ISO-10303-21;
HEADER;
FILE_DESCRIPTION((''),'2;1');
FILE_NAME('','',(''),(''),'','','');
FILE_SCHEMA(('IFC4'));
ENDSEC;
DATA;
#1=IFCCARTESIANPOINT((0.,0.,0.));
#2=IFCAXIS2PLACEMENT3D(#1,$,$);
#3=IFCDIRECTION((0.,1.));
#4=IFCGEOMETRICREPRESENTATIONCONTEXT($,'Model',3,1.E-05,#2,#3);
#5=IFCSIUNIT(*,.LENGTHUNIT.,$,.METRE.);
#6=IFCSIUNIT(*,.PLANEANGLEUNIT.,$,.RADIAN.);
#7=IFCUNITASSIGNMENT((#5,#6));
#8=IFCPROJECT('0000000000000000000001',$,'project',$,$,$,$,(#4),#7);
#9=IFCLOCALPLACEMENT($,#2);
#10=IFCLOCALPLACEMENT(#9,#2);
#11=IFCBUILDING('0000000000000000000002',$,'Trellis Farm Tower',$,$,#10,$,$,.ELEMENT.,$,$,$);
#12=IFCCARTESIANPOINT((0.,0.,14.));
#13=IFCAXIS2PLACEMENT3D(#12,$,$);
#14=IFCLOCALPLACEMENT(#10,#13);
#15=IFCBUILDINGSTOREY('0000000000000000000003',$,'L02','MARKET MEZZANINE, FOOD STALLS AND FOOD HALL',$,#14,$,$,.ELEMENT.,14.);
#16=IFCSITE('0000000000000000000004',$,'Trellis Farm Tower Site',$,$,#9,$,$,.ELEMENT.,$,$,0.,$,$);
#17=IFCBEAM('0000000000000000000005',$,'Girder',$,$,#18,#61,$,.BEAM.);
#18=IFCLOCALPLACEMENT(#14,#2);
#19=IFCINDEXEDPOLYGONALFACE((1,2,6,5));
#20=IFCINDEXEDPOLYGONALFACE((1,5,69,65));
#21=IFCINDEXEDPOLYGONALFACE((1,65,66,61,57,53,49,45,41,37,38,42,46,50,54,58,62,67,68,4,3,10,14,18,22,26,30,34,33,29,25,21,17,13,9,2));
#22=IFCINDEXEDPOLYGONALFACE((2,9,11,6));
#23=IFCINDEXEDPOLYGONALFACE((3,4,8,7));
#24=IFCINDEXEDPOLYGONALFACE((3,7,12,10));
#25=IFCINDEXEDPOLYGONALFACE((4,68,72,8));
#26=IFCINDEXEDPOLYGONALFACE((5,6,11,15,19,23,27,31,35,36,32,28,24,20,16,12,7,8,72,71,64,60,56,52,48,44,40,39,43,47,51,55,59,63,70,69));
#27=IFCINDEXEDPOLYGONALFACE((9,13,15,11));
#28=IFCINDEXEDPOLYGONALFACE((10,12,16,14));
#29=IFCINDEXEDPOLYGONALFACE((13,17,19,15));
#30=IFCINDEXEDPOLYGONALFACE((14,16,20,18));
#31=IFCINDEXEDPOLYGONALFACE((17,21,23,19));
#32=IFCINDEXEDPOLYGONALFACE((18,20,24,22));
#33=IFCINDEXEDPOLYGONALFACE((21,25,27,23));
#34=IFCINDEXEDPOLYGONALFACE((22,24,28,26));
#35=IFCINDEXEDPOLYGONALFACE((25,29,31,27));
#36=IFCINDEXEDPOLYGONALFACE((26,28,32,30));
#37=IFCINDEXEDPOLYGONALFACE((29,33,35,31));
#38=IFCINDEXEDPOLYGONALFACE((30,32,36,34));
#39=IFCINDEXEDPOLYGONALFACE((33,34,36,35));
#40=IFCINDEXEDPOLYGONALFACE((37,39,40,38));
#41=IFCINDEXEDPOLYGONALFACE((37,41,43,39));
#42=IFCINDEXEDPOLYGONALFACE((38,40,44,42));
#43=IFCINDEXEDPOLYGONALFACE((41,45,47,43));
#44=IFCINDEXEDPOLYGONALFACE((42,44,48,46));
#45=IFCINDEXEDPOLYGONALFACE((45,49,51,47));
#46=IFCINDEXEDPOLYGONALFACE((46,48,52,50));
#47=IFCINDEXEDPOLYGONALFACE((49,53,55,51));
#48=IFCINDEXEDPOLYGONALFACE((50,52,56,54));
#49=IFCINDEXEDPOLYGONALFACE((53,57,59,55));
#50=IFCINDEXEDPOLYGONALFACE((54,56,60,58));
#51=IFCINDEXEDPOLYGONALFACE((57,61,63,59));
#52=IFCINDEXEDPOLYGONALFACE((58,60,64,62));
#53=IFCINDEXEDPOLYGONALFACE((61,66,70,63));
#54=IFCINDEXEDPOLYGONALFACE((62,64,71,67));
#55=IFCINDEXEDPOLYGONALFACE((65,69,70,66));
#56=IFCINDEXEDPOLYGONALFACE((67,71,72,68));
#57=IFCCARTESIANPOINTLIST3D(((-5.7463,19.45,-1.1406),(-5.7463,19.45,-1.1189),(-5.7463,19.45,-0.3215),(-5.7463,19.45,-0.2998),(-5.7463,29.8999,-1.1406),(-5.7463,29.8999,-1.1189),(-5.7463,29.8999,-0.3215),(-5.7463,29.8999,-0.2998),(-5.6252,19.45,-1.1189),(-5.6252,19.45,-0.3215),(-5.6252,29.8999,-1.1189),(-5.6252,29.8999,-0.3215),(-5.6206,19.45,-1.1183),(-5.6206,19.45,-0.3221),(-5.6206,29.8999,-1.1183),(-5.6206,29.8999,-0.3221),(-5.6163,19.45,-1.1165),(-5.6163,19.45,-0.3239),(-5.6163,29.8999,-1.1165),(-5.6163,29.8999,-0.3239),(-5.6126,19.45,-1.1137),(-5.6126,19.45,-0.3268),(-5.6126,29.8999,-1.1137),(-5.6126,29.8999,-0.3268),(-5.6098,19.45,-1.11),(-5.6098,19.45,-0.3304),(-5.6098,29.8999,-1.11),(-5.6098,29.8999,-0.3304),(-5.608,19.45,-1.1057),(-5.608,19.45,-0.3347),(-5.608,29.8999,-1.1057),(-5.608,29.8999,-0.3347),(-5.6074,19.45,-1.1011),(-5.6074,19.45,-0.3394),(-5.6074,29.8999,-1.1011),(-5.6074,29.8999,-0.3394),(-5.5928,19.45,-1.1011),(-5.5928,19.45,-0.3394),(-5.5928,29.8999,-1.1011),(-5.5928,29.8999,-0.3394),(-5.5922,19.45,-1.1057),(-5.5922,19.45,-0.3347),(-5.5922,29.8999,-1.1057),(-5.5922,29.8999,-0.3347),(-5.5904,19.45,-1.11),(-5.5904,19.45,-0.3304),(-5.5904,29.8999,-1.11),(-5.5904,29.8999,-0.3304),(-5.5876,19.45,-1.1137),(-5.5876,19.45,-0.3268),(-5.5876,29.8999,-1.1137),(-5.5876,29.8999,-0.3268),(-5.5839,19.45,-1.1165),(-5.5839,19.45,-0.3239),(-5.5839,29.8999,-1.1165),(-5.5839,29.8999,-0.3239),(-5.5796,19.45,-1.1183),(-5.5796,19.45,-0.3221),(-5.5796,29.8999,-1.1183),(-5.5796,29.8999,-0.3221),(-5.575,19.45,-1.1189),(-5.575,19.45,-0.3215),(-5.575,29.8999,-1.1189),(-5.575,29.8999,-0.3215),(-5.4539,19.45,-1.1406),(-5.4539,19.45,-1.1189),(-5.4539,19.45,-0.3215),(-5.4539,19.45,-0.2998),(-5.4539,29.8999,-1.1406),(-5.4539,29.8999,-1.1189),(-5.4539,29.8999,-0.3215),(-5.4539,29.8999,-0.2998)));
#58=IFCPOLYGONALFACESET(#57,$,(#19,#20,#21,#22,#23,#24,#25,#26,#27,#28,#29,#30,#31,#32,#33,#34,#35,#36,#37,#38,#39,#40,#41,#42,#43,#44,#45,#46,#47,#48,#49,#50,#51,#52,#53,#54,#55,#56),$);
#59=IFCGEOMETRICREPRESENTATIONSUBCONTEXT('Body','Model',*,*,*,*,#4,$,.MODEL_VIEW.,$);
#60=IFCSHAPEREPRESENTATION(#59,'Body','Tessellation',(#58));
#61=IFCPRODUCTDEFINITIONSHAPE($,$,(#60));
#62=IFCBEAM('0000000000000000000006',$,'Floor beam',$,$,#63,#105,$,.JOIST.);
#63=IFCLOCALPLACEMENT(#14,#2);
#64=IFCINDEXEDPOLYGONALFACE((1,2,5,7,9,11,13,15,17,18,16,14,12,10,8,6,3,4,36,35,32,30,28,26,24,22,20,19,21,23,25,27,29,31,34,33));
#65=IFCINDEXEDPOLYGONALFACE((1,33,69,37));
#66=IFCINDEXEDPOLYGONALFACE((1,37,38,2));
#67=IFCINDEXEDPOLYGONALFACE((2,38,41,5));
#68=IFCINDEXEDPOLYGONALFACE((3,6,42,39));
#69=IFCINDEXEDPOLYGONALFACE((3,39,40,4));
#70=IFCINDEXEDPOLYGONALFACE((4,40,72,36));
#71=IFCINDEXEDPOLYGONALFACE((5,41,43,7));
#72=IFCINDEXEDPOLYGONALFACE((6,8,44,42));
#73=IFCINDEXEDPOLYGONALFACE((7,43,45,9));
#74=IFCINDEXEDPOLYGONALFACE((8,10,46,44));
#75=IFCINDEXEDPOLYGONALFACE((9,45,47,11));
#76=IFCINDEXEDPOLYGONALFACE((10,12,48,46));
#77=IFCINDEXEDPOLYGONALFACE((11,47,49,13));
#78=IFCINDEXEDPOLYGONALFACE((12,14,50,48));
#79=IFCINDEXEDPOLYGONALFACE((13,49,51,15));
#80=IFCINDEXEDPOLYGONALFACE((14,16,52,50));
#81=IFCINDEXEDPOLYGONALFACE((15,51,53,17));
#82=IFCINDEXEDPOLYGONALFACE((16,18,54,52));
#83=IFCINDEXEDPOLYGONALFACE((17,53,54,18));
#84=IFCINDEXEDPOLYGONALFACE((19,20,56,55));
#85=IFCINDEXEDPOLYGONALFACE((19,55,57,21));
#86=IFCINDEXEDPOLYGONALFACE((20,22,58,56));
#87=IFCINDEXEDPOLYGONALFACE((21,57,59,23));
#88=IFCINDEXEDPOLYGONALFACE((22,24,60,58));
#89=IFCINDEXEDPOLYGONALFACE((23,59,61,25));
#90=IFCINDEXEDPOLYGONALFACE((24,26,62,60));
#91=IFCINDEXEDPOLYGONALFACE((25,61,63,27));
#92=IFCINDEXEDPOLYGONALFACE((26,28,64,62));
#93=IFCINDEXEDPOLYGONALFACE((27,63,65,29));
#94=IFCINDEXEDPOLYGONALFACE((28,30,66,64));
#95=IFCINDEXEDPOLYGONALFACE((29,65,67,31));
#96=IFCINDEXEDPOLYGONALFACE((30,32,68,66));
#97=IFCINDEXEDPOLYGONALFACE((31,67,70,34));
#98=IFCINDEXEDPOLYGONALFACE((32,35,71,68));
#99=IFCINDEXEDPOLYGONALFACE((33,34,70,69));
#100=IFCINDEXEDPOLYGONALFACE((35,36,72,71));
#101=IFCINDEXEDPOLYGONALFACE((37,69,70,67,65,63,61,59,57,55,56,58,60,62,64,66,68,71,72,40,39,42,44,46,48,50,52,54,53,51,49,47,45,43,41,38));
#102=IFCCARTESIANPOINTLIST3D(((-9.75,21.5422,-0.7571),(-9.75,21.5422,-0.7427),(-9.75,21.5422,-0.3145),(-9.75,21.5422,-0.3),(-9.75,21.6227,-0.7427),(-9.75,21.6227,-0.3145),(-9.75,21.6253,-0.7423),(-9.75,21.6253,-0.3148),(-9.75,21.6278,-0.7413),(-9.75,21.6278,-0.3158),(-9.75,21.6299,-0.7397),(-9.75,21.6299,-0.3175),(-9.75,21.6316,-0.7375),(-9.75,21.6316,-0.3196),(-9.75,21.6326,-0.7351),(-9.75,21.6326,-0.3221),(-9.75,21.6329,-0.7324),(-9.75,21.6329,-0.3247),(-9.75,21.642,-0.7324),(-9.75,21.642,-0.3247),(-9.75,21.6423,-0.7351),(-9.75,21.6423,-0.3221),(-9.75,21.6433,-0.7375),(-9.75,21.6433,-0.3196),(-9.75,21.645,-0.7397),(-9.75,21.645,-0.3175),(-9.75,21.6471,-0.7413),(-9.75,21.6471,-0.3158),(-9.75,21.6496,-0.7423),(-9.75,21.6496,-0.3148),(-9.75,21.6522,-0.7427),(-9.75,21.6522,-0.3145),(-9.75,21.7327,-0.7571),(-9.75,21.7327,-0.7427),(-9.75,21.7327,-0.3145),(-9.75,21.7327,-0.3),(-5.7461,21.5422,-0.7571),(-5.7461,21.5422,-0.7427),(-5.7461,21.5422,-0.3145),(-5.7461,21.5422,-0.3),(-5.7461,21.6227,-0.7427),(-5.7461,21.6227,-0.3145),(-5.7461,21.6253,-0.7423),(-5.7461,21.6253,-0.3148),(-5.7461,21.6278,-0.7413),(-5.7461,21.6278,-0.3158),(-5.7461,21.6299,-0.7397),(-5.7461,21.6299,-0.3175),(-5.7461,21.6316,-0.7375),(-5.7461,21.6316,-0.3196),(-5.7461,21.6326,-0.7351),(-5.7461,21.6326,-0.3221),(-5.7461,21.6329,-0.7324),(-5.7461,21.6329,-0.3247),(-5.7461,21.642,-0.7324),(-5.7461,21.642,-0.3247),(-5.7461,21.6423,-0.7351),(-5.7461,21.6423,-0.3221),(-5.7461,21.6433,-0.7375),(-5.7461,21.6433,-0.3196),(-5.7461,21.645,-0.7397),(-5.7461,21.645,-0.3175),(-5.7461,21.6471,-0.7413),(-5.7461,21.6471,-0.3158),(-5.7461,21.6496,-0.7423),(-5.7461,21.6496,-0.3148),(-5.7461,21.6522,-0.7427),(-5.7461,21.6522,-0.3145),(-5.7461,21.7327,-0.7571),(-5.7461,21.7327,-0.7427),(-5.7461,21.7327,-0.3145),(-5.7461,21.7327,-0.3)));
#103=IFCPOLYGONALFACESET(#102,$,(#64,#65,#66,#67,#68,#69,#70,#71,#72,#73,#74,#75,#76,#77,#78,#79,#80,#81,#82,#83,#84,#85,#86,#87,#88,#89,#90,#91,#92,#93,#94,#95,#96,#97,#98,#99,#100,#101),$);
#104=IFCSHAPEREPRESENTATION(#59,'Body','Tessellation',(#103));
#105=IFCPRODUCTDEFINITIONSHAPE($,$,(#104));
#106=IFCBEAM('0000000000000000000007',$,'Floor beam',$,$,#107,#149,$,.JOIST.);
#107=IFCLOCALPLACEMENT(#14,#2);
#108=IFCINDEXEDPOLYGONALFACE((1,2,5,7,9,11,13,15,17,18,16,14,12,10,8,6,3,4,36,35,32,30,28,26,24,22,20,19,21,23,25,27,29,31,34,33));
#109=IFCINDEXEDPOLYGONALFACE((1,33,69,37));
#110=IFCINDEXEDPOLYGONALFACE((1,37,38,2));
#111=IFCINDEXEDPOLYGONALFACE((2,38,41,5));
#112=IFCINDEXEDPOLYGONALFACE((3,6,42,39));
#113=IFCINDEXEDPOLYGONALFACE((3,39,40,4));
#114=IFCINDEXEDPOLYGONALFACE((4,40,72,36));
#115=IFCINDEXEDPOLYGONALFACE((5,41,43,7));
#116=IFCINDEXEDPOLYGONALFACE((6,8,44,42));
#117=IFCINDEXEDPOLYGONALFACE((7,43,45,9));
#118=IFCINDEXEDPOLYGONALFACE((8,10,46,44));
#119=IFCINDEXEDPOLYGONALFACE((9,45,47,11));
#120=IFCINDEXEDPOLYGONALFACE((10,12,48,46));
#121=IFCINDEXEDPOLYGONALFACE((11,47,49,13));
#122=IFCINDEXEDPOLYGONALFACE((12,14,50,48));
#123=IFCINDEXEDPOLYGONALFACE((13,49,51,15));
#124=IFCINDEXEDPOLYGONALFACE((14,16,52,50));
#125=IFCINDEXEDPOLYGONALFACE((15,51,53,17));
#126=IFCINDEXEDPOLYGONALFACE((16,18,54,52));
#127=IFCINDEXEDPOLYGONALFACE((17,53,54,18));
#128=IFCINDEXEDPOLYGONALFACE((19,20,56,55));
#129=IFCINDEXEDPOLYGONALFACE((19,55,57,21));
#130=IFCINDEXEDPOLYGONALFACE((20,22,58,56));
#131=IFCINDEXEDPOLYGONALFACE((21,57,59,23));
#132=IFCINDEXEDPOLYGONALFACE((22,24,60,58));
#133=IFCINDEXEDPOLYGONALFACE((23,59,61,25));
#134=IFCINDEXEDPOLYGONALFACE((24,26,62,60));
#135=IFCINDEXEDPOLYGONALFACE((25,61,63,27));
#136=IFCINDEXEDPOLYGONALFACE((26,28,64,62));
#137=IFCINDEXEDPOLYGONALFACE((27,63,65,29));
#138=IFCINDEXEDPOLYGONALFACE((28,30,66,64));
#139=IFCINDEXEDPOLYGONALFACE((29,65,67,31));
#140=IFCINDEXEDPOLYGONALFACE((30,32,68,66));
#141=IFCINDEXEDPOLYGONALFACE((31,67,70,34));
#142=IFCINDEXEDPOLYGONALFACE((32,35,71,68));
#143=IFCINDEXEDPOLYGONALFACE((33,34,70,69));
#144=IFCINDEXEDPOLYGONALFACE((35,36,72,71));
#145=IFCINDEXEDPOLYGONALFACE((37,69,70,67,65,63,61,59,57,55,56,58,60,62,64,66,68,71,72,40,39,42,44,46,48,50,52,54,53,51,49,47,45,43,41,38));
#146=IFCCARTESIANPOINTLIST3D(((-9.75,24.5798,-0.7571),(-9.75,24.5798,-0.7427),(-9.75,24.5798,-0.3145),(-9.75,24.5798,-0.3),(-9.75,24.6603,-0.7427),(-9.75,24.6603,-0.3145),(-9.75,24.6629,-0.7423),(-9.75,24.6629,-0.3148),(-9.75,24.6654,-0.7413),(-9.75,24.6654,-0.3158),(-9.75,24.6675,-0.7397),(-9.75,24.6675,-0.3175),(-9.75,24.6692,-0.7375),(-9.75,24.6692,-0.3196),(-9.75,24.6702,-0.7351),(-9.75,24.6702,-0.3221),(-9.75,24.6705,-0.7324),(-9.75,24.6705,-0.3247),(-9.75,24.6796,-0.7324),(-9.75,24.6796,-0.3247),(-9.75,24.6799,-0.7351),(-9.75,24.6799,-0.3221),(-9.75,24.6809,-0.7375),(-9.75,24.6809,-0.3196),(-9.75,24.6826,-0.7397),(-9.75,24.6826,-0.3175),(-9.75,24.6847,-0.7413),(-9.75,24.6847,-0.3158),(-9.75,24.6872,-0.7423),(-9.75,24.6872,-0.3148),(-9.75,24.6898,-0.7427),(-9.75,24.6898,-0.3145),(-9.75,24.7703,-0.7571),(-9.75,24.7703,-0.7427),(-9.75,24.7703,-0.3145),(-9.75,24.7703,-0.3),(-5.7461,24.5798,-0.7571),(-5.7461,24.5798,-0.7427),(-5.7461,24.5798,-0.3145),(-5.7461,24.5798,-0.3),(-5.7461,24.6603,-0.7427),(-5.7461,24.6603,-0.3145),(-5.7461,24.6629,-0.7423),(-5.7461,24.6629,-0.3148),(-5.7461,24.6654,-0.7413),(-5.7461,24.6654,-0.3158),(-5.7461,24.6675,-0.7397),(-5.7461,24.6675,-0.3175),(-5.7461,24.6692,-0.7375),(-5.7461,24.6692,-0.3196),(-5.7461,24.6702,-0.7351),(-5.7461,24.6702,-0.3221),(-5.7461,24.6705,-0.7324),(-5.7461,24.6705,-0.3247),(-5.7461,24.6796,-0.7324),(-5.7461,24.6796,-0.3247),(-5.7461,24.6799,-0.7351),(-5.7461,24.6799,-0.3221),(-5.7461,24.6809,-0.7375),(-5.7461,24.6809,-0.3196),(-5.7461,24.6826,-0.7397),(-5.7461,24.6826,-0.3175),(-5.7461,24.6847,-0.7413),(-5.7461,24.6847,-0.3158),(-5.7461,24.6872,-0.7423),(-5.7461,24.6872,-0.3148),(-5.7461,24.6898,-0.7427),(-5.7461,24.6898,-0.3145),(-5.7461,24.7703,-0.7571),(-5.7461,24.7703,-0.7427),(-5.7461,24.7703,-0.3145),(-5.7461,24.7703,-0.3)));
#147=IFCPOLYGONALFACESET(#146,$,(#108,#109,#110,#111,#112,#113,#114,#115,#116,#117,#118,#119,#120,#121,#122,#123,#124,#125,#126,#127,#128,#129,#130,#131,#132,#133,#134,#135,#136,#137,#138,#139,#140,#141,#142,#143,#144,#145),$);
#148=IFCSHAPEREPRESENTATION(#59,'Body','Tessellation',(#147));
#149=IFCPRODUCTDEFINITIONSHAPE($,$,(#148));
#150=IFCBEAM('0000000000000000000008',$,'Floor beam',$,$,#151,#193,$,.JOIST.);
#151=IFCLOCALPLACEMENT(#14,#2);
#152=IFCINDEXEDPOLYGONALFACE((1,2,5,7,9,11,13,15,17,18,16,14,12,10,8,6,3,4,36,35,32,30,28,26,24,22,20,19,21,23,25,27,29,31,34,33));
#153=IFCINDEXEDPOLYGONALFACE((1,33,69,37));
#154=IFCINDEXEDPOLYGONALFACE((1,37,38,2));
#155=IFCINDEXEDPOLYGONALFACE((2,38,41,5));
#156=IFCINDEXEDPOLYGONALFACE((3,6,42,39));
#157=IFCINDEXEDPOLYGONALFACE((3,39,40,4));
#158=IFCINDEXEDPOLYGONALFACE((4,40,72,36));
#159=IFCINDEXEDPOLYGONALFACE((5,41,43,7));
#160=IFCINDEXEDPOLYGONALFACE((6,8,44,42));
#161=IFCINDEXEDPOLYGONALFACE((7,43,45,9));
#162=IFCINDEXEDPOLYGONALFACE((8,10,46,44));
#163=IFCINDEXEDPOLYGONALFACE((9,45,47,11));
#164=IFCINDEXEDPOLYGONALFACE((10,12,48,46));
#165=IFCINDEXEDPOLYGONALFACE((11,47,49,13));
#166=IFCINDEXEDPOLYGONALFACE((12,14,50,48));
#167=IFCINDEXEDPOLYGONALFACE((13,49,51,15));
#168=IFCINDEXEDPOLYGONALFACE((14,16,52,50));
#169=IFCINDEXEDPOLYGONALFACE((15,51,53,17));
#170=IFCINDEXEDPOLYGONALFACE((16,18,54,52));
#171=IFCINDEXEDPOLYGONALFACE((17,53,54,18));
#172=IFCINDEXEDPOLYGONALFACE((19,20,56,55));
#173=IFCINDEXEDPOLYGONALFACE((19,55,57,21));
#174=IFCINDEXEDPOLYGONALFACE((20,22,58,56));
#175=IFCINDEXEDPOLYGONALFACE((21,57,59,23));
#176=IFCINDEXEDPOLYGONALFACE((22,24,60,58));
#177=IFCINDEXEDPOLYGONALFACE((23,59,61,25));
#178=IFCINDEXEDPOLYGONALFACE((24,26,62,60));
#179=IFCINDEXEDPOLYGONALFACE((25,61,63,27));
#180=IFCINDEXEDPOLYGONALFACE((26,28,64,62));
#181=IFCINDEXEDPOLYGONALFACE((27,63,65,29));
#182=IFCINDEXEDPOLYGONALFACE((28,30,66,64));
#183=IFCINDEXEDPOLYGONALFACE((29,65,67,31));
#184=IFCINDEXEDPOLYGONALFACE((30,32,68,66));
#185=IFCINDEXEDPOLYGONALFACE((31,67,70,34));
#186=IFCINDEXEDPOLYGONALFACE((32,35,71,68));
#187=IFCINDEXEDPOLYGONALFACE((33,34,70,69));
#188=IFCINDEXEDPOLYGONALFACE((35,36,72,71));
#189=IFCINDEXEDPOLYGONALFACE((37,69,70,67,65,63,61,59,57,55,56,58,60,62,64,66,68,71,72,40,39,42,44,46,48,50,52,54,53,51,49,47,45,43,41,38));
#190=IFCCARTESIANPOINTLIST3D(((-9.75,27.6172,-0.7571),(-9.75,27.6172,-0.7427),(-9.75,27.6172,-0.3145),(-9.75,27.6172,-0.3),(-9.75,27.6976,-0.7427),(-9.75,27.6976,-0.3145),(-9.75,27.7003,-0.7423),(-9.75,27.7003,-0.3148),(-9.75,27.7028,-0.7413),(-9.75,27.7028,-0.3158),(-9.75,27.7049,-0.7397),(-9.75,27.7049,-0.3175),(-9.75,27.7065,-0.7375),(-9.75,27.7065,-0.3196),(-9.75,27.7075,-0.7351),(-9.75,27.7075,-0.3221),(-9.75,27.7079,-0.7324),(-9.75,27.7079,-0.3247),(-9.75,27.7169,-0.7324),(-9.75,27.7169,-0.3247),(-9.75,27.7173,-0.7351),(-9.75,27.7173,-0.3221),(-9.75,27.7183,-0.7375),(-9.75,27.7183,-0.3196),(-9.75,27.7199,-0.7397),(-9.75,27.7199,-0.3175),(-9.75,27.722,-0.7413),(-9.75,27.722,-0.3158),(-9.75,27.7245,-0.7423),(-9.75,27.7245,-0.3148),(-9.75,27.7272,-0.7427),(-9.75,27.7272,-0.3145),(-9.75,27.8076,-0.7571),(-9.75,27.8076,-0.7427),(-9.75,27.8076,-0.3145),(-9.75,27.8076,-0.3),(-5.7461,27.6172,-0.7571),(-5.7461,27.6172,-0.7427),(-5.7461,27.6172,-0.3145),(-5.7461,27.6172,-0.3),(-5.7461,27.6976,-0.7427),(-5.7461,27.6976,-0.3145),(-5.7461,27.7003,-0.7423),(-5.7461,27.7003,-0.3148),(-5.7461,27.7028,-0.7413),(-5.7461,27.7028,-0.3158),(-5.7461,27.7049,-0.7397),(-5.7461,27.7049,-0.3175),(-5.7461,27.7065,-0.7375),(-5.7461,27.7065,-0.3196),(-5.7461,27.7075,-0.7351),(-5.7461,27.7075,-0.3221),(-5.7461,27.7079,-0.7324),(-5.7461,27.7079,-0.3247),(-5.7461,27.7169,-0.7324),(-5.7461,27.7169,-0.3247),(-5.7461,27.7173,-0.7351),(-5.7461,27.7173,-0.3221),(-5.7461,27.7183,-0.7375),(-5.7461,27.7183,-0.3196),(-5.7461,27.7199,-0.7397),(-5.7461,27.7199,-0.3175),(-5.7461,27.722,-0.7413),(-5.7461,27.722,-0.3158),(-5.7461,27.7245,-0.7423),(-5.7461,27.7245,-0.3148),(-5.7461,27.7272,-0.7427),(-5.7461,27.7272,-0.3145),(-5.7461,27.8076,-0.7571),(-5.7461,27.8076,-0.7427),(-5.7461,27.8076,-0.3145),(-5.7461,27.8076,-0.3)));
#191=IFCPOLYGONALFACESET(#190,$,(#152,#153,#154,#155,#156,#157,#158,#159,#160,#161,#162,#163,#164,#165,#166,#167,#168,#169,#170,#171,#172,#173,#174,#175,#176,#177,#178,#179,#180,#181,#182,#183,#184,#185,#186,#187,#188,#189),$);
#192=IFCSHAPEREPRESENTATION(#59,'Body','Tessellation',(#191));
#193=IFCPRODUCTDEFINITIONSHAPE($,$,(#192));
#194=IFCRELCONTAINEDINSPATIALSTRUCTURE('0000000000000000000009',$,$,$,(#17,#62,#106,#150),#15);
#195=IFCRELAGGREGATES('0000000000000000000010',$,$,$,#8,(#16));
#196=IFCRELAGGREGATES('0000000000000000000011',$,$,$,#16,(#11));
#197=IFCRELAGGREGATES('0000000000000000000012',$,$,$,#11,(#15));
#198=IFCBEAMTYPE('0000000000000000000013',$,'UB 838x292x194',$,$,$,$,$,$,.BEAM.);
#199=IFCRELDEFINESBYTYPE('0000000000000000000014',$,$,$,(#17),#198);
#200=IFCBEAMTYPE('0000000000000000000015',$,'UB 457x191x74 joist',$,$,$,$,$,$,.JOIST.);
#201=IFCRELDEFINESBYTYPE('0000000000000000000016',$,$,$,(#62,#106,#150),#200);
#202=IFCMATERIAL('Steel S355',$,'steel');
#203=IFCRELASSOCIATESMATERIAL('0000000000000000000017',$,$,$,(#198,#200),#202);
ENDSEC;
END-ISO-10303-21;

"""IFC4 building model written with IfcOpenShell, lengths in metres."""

from ifc_helpers import new_model, si_unit, direction, frame, origin, origin_2d, place, context, subcontext, project, spatial, i_section, extrude, source, transform, mapped, material, material_profile, profile_set, type_object, element, save


model = new_model("IFC4")

# Units and contexts
model_context = context("Model", 3, precision=1e-05, world=origin(), true_north=direction((0.0, 1.0)))
body_context = subcontext(model_context, "Body", "Model", "MODEL_VIEW")
ifc_project = project(units=[si_unit("LENGTHUNIT", "METRE"), si_unit("PLANEANGLEUNIT", "RADIAN")], contexts=[model_context])

# Site, building, storey
site_placement = place(None, origin())
site = spatial("IfcSite", under=ifc_project, at=site_placement, Name="Trellis Farm Tower Site", CompositionType="ELEMENT", RefElevation=0.0)
building_placement = place(site_placement, origin())
building = spatial("IfcBuilding", under=site, at=building_placement, Name="Trellis Farm Tower", CompositionType="ELEMENT")
storey_placement = place(building_placement, frame((0.0, 0.0, 14.0)))
storey = spatial("IfcBuildingStorey", under=building, at=storey_placement, Name="L02", Description="MARKET MEZZANINE, FOOD STALLS AND FOOD HALL", CompositionType="ELEMENT", Elevation=14.0)

# Beams
ifc_material_1 = material(Name="Steel S355", Category="steel")
ifc_material_profile_1 = material_profile(ifc_material_1, i_section(OverallWidth=0.2925, OverallDepth=0.8408, WebThickness=0.0146, FlangeThickness=0.0217, FilletRadius=0.0178, at=origin_2d()), Name="UB 838x292x194")
ifc_profile_set_1 = profile_set([ifc_material_profile_1], Name="Steel S355")
beam_type_1 = type_object("IfcBeamType", Name="UB 838x292x194", PredefinedType="BEAM", material=ifc_profile_set_1)
shared_shape_1 = source(origin(), body_context, "Body", "SweptSolid", [
    extrude(i_section(OverallWidth=0.2925, OverallDepth=0.8408, WebThickness=0.0146, FlangeThickness=0.0217, FilletRadius=0.0178, at=origin_2d()), origin(), (0.0, 0.0, 1.0), 10.45),
])
beam_1_placement = place(storey_placement, frame((-5.6001, 19.45, -0.7202), z_axis=(0.0, 1.0, 0.0), x_axis=(-1.0, 0.0, 0.0)))
element("IfcBeam", 1, at=beam_1_placement, inside=storey, type_object=beam_type_1, Name="Girder", PredefinedType="BEAM", context=body_context, shape_type="MappedRepresentation", body=[
    mapped(shared_shape_1, transform((0.0, 0.0, 0.0))),
])
ifc_material_profile_2 = material_profile(ifc_material_1, i_section(OverallWidth=0.1904, OverallDepth=0.457, WebThickness=0.009, FlangeThickness=0.0144, FilletRadius=0.0103, at=origin_2d()), Name="UB 457x191x74")
ifc_profile_set_2 = profile_set([ifc_material_profile_2], Name="Steel S355")
beam_type_2 = type_object("IfcBeamType", Name="UB 457x191x74 joist", PredefinedType="JOIST", material=ifc_profile_set_2)
shared_shape_2 = source(origin(), body_context, "Body", "SweptSolid", [
    extrude(i_section(OverallWidth=0.1904, OverallDepth=0.457, WebThickness=0.009, FlangeThickness=0.0144, FilletRadius=0.0103, at=origin_2d()), origin(), (0.0, 0.0, 1.0), 4.0039),
])
for number, where, z_axis, x_axis, name in (
    (2, (-9.75, 21.6375, -0.5286), (1.0, 0.0, 0.0), (0.0, 1.0, 0.0), "Floor beam"),
    (3, (-9.75, 24.675, -0.5286), (1.0, 0.0, 0.0), (0.0, 1.0, 0.0), "Floor beam"),
    (4, (-9.75, 27.7124, -0.5286), (1.0, 0.0, 0.0), (0.0, 1.0, 0.0), "Floor beam"),
):
    element("IfcBeam", number, at=place(storey_placement, frame(where, z_axis=z_axis, x_axis=x_axis)), inside=storey, type_object=beam_type_2, Name=name, PredefinedType="JOIST", context=body_context, shape_type="MappedRepresentation", body=[
        mapped(shared_shape_2, transform((0.0, 0.0, 0.0))),
    ])

save(model, "model.ifc")
